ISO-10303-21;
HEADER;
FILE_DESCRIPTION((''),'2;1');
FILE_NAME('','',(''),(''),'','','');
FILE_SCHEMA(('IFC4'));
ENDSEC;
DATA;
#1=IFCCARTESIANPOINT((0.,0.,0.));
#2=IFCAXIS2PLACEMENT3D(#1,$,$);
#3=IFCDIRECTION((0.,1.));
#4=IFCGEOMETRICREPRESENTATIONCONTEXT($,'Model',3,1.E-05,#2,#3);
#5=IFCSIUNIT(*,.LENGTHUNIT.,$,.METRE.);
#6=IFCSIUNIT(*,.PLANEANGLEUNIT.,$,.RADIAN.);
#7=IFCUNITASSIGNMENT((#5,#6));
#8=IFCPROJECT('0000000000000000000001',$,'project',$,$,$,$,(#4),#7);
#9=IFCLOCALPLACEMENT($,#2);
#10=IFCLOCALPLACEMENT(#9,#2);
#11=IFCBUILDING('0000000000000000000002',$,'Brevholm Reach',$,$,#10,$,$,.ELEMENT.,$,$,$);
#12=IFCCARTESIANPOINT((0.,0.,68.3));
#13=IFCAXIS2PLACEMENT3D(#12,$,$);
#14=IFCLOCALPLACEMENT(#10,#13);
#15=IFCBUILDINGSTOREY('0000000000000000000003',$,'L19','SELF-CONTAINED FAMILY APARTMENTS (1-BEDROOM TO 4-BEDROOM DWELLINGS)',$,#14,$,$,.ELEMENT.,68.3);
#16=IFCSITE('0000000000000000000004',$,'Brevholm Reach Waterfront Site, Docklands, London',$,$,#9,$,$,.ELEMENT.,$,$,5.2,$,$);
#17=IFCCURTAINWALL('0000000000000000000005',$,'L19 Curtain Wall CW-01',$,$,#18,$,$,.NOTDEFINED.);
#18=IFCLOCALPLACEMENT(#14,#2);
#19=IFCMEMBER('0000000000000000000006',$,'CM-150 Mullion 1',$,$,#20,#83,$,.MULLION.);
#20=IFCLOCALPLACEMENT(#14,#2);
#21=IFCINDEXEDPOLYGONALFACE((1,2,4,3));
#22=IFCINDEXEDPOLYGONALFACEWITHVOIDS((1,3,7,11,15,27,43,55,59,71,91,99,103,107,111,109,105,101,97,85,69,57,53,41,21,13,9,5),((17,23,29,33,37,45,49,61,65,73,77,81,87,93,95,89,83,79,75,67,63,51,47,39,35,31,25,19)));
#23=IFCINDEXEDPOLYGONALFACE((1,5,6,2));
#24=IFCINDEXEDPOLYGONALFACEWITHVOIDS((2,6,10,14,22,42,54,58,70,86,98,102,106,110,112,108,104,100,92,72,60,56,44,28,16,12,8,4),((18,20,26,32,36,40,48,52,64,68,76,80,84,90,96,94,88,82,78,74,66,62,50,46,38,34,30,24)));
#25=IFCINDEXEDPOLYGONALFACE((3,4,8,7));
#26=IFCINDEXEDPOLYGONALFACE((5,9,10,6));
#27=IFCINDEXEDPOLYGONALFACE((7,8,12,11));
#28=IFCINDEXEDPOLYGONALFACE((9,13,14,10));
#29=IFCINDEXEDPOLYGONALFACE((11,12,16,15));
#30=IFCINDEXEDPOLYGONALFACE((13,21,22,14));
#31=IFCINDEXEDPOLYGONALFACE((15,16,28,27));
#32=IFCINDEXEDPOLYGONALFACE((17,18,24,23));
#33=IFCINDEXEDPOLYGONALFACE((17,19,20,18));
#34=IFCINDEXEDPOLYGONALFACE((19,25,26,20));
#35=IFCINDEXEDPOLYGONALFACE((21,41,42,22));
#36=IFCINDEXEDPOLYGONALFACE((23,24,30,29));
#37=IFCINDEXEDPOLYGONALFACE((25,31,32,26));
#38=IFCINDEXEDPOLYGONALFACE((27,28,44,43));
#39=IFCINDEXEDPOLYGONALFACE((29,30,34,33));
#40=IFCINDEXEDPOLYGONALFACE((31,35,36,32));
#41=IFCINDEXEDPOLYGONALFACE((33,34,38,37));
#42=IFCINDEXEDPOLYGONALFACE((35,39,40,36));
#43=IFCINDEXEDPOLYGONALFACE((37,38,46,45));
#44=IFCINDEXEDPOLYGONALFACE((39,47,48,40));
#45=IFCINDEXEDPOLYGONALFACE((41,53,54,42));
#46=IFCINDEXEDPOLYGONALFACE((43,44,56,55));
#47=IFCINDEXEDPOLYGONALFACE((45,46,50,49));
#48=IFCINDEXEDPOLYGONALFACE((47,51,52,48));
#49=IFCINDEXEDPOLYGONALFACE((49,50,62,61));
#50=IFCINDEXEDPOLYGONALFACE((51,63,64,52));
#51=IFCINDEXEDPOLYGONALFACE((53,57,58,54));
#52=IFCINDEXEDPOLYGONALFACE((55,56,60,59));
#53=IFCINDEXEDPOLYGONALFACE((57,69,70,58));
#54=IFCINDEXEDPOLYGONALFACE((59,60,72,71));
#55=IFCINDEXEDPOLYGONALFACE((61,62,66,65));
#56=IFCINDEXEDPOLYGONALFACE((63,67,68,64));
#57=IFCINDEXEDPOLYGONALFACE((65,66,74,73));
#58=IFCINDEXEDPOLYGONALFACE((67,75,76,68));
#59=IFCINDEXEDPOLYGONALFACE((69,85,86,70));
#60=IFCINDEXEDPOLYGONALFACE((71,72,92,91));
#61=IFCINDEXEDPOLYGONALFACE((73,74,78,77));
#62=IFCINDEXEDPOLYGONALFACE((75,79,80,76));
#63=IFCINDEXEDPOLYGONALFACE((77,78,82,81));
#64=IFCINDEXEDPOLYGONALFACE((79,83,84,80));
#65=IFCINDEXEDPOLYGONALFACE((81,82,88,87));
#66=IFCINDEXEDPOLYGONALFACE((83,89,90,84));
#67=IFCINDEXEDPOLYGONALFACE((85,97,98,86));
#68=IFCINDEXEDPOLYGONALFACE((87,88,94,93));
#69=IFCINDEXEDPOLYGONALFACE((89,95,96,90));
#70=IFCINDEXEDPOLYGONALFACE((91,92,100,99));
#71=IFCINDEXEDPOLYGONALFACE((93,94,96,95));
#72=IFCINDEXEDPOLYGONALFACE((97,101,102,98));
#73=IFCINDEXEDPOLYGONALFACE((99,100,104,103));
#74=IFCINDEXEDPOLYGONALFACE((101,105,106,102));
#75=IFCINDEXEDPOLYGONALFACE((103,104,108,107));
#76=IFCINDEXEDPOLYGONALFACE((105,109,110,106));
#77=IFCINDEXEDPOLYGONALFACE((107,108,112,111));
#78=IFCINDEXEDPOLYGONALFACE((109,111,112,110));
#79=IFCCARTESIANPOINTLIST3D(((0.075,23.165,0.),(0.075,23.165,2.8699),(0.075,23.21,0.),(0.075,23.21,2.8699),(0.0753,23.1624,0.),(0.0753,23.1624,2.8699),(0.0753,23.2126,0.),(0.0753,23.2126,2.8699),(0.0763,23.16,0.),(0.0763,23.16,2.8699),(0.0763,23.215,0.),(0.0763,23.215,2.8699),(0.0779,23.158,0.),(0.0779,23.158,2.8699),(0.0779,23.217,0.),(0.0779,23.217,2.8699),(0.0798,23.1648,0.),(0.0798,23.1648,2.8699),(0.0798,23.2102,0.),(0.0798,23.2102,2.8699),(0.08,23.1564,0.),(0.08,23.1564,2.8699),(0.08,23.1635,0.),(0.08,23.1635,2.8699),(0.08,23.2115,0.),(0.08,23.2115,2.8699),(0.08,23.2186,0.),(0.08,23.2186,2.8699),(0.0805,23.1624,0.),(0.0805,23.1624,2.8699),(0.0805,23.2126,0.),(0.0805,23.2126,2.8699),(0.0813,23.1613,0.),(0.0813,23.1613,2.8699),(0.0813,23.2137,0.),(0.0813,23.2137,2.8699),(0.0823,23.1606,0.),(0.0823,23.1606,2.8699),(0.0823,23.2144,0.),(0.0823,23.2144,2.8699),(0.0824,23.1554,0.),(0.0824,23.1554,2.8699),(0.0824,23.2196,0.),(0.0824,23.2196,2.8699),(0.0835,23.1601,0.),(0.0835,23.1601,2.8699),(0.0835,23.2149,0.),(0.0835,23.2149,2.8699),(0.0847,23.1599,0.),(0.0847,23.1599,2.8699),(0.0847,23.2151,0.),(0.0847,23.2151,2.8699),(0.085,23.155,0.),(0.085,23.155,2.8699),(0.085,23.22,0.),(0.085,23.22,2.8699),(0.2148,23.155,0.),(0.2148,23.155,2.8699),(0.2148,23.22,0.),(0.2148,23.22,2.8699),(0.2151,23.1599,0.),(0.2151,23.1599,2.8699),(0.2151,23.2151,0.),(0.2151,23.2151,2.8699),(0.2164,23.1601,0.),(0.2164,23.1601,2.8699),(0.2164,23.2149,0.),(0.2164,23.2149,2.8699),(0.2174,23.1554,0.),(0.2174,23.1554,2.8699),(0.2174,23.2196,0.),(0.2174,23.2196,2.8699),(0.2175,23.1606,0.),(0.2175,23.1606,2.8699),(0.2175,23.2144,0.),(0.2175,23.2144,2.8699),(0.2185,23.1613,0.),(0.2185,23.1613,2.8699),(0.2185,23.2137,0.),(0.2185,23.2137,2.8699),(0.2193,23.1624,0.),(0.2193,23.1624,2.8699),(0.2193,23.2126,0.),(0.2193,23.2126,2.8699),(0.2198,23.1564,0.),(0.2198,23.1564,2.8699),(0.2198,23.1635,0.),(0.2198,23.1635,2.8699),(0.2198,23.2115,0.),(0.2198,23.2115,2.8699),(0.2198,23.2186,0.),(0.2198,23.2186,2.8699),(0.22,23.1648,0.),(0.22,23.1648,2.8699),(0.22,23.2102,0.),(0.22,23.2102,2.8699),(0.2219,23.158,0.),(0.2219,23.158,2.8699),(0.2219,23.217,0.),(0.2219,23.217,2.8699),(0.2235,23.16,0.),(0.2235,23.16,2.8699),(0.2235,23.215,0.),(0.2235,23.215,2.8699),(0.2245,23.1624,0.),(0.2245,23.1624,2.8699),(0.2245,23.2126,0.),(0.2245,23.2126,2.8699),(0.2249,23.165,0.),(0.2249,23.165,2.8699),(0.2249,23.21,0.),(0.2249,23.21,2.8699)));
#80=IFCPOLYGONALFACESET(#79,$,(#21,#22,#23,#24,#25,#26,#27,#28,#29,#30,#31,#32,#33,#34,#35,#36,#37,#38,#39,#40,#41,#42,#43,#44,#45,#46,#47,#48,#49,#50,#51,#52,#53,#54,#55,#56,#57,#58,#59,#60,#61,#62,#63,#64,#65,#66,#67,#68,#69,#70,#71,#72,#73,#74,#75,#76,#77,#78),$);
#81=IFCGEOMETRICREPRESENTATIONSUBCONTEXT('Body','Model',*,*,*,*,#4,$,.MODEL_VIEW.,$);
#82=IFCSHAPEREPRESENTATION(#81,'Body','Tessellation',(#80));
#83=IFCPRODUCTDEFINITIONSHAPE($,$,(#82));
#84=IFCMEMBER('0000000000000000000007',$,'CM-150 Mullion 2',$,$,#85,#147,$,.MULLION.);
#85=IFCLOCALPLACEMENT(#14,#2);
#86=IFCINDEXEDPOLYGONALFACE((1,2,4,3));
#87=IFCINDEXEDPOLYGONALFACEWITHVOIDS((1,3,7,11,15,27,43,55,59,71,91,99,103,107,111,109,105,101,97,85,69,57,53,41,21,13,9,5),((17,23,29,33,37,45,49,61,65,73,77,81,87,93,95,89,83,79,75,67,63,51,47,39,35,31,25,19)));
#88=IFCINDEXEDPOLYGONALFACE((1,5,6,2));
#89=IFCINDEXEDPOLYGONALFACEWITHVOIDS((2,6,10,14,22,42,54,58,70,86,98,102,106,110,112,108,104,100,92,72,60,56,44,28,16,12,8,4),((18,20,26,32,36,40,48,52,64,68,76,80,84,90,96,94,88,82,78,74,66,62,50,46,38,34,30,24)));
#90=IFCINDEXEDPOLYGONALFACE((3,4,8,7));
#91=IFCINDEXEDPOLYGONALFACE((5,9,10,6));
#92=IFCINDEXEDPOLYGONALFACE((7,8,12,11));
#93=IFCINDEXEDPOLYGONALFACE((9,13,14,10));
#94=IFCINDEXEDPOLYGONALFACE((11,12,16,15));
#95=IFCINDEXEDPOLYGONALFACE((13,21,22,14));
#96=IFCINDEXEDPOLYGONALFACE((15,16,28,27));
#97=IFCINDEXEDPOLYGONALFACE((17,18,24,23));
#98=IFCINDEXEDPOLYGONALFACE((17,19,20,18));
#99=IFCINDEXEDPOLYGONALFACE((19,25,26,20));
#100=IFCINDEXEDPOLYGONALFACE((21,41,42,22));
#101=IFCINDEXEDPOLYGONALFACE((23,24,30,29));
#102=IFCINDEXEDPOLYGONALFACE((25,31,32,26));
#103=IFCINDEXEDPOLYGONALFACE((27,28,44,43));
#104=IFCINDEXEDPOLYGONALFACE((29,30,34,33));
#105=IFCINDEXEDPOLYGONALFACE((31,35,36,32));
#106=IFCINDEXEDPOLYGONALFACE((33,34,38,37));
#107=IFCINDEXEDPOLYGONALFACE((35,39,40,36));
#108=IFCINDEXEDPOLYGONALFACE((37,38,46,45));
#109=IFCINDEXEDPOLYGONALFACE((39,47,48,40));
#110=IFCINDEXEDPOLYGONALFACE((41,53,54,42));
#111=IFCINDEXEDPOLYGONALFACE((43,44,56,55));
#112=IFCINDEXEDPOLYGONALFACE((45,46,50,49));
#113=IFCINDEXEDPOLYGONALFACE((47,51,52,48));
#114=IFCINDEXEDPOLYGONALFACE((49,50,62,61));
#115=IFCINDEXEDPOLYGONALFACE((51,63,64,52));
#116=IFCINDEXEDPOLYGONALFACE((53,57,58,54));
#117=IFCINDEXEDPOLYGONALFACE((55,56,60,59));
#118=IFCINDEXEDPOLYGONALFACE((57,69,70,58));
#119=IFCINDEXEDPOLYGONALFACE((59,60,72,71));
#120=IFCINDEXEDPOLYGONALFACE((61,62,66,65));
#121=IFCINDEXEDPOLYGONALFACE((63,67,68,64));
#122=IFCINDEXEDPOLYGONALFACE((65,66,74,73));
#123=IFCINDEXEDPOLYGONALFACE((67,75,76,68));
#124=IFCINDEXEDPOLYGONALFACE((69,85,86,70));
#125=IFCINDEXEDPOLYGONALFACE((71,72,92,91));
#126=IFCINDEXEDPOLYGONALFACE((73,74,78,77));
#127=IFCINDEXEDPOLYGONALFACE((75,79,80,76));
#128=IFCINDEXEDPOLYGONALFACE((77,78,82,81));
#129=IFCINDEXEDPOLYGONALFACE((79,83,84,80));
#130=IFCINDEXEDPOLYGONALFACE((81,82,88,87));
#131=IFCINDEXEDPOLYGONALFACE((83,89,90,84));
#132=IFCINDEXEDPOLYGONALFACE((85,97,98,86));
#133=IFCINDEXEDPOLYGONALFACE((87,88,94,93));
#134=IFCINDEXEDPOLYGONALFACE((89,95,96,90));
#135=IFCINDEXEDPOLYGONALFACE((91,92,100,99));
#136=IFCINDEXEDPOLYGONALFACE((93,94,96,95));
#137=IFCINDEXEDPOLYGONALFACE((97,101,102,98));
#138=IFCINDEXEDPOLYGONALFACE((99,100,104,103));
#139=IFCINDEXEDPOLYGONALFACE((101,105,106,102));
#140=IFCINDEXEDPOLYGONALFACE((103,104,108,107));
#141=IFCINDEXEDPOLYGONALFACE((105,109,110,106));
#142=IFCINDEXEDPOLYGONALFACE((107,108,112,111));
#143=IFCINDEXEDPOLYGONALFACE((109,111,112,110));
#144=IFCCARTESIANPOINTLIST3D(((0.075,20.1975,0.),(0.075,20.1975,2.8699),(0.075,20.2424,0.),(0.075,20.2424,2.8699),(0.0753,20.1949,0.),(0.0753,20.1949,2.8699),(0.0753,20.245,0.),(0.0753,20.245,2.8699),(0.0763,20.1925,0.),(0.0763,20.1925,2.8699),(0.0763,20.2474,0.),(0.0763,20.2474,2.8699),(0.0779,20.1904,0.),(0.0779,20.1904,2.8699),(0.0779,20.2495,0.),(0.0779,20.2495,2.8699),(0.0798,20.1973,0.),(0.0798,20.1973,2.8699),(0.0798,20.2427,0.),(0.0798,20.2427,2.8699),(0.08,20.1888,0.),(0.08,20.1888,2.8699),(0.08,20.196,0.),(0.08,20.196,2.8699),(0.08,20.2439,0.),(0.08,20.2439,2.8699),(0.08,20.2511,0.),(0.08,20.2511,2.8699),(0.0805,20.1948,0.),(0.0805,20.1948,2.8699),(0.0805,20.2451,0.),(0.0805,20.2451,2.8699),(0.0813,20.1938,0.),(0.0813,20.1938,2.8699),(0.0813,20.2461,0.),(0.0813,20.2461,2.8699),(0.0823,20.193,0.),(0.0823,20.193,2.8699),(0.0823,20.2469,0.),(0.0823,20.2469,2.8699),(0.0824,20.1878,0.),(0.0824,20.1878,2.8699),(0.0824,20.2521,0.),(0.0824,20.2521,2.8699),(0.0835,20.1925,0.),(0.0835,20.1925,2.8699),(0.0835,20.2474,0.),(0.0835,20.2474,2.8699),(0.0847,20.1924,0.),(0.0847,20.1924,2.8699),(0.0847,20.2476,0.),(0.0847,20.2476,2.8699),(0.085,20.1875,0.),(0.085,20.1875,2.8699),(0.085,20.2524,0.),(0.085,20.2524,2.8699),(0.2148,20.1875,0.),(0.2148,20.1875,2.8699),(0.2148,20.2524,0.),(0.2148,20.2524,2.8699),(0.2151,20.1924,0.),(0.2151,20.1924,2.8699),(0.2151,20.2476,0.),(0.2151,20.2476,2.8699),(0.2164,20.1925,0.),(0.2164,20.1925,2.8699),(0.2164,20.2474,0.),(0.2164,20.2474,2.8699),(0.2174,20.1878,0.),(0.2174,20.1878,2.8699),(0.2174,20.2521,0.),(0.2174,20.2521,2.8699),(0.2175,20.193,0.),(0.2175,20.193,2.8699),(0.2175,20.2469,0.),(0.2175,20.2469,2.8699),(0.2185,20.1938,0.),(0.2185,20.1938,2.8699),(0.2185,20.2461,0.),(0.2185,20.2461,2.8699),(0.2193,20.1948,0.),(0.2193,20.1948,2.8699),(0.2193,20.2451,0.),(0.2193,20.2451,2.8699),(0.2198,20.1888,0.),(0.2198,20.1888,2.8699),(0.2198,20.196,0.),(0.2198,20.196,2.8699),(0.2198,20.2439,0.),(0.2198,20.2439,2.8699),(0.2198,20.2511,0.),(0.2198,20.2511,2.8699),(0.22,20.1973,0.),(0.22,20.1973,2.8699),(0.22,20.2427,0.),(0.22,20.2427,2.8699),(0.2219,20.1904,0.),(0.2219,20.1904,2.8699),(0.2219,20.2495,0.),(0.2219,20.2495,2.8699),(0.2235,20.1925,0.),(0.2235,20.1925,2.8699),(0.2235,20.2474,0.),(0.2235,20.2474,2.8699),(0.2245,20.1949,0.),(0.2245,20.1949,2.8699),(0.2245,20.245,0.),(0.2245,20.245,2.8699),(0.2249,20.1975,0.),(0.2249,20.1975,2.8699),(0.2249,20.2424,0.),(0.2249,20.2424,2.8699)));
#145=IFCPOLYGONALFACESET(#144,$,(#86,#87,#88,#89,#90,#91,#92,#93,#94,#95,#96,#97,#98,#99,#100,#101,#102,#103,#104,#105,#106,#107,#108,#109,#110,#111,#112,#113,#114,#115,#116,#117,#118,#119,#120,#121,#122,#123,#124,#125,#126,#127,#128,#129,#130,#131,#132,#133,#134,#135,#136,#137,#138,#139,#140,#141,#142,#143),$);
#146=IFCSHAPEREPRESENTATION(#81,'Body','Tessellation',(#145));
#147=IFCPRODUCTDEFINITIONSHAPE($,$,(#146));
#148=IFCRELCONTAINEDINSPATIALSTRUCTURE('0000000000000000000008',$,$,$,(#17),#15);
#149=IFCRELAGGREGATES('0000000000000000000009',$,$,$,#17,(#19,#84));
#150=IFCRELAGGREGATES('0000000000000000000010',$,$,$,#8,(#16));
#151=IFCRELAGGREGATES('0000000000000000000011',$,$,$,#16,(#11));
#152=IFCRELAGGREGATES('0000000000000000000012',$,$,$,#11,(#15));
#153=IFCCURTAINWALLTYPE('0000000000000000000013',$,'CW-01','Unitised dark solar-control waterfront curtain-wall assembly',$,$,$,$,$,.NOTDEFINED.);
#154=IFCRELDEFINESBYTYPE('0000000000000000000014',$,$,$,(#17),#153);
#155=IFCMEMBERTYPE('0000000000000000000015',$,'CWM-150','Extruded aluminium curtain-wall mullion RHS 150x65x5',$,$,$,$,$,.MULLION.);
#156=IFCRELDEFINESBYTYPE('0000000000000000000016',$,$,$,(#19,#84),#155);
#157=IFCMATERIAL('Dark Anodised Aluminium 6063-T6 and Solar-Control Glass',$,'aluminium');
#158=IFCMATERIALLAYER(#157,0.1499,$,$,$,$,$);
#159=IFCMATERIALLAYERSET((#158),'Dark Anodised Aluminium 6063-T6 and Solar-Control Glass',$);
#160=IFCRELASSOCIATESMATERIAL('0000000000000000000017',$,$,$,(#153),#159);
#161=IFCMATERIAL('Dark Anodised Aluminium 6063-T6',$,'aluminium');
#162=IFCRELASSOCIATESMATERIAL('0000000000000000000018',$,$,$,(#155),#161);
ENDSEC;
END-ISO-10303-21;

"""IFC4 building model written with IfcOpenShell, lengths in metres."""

from ifc_helpers import new_model, si_unit, direction, frame, origin, origin_2d, place, context, subcontext, project, spatial, hollow_rectangle, extrude, material, layer, layer_set, material_profile, profile_set, type_object, element, aggregate, save


model = new_model("IFC4")

# Units and contexts
model_context = context("Model", 3, precision=1e-05, world=origin(), true_north=direction((0.0, 1.0)))
body_context = subcontext(model_context, "Body", "Model", "MODEL_VIEW")
ifc_project = project(units=[si_unit("LENGTHUNIT", "METRE"), si_unit("PLANEANGLEUNIT", "RADIAN")], contexts=[model_context])

# Site, building, storey
site_placement = place(None, origin())
site = spatial("IfcSite", under=ifc_project, at=site_placement, Name="Brevholm Reach Waterfront Site, Docklands, London", CompositionType="ELEMENT", RefElevation=5.2)
building_placement = place(site_placement, origin())
building = spatial("IfcBuilding", under=site, at=building_placement, Name="Brevholm Reach", CompositionType="ELEMENT")
storey_placement = place(building_placement, frame((0.0, 0.0, 68.3)))
storey = spatial("IfcBuildingStorey", under=building, at=storey_placement, Name="L19", Description="SELF-CONTAINED FAMILY APARTMENTS (1-BEDROOM TO 4-BEDROOM DWELLINGS)", CompositionType="ELEMENT", Elevation=68.3)

# Curtain wall, members
ifc_material_1 = material(Name="Dark Anodised Aluminium 6063-T6 and Solar-Control Glass", Category="aluminium")
ifc_layer_1 = layer(ifc_material_1, 0.1499)
ifc_layer_set_1 = layer_set([ifc_layer_1], Name="Dark Anodised Aluminium 6063-T6 and Solar-Control Glass")
curtain_wall_type = type_object("IfcCurtainWallType", Name="CW-01", Description="Unitised dark solar-control waterfront curtain-wall assembly", PredefinedType="NOTDEFINED", material=ifc_layer_set_1)
curtain_wall_placement = place(storey_placement, origin())
curtain_wall = element("IfcCurtainWall", 1, at=curtain_wall_placement, inside=storey, type_object=curtain_wall_type, Name="L19 Curtain Wall CW-01", PredefinedType="NOTDEFINED")
ifc_material_2 = material(Name="Dark Anodised Aluminium 6063-T6", Category="aluminium")
ifc_material_profile_1 = material_profile(ifc_material_2, hollow_rectangle(XDim=0.0649, YDim=0.1499, WallThickness=0.0049, InnerFilletRadius=0.0049, OuterFilletRadius=0.01, at=origin_2d()), Name="RHS 150x65x5")
ifc_profile_set_1 = profile_set([ifc_material_profile_1], Name="Dark Anodised Aluminium 6063-T6")
member_type_1 = type_object("IfcMemberType", Name="CWM-150", Description="Extruded aluminium curtain-wall mullion RHS 150x65x5", PredefinedType="MULLION", material=ifc_profile_set_1)
member_1_placement = place(storey_placement, frame((0.1499, 23.1875, 0.0), z_axis=(0.0, 0.0, 1.0), x_axis=(0.0, -1.0, 0.0)))
member_1 = element("IfcMember", 2, at=member_1_placement, type_object=member_type_1, Name="CM-150 Mullion 1", PredefinedType="MULLION", context=body_context, shape_type="SweptSolid", body=[
    extrude(hollow_rectangle(XDim=0.0649, YDim=0.1499, WallThickness=0.0049, InnerFilletRadius=0.0049, OuterFilletRadius=0.01, at=origin_2d()), origin(), (0.0, 0.0, 1.0), 2.8699),
])
member_2_placement = place(storey_placement, frame((0.1499, 20.22, 0.0), z_axis=(0.0, 0.0, 1.0), x_axis=(0.0, -1.0, 0.0)))
member_2 = element("IfcMember", 3, at=member_2_placement, type_object=member_type_1, Name="CM-150 Mullion 2", PredefinedType="MULLION", context=body_context, shape_type="SweptSolid", body=[
    extrude(hollow_rectangle(XDim=0.0649, YDim=0.1499, WallThickness=0.0049, InnerFilletRadius=0.0049, OuterFilletRadius=0.01, at=origin_2d()), origin(), (0.0, 0.0, 1.0), 2.8699),
])
aggregate(curtain_wall, [member_1, member_2])

save(model, "model.ifc")
